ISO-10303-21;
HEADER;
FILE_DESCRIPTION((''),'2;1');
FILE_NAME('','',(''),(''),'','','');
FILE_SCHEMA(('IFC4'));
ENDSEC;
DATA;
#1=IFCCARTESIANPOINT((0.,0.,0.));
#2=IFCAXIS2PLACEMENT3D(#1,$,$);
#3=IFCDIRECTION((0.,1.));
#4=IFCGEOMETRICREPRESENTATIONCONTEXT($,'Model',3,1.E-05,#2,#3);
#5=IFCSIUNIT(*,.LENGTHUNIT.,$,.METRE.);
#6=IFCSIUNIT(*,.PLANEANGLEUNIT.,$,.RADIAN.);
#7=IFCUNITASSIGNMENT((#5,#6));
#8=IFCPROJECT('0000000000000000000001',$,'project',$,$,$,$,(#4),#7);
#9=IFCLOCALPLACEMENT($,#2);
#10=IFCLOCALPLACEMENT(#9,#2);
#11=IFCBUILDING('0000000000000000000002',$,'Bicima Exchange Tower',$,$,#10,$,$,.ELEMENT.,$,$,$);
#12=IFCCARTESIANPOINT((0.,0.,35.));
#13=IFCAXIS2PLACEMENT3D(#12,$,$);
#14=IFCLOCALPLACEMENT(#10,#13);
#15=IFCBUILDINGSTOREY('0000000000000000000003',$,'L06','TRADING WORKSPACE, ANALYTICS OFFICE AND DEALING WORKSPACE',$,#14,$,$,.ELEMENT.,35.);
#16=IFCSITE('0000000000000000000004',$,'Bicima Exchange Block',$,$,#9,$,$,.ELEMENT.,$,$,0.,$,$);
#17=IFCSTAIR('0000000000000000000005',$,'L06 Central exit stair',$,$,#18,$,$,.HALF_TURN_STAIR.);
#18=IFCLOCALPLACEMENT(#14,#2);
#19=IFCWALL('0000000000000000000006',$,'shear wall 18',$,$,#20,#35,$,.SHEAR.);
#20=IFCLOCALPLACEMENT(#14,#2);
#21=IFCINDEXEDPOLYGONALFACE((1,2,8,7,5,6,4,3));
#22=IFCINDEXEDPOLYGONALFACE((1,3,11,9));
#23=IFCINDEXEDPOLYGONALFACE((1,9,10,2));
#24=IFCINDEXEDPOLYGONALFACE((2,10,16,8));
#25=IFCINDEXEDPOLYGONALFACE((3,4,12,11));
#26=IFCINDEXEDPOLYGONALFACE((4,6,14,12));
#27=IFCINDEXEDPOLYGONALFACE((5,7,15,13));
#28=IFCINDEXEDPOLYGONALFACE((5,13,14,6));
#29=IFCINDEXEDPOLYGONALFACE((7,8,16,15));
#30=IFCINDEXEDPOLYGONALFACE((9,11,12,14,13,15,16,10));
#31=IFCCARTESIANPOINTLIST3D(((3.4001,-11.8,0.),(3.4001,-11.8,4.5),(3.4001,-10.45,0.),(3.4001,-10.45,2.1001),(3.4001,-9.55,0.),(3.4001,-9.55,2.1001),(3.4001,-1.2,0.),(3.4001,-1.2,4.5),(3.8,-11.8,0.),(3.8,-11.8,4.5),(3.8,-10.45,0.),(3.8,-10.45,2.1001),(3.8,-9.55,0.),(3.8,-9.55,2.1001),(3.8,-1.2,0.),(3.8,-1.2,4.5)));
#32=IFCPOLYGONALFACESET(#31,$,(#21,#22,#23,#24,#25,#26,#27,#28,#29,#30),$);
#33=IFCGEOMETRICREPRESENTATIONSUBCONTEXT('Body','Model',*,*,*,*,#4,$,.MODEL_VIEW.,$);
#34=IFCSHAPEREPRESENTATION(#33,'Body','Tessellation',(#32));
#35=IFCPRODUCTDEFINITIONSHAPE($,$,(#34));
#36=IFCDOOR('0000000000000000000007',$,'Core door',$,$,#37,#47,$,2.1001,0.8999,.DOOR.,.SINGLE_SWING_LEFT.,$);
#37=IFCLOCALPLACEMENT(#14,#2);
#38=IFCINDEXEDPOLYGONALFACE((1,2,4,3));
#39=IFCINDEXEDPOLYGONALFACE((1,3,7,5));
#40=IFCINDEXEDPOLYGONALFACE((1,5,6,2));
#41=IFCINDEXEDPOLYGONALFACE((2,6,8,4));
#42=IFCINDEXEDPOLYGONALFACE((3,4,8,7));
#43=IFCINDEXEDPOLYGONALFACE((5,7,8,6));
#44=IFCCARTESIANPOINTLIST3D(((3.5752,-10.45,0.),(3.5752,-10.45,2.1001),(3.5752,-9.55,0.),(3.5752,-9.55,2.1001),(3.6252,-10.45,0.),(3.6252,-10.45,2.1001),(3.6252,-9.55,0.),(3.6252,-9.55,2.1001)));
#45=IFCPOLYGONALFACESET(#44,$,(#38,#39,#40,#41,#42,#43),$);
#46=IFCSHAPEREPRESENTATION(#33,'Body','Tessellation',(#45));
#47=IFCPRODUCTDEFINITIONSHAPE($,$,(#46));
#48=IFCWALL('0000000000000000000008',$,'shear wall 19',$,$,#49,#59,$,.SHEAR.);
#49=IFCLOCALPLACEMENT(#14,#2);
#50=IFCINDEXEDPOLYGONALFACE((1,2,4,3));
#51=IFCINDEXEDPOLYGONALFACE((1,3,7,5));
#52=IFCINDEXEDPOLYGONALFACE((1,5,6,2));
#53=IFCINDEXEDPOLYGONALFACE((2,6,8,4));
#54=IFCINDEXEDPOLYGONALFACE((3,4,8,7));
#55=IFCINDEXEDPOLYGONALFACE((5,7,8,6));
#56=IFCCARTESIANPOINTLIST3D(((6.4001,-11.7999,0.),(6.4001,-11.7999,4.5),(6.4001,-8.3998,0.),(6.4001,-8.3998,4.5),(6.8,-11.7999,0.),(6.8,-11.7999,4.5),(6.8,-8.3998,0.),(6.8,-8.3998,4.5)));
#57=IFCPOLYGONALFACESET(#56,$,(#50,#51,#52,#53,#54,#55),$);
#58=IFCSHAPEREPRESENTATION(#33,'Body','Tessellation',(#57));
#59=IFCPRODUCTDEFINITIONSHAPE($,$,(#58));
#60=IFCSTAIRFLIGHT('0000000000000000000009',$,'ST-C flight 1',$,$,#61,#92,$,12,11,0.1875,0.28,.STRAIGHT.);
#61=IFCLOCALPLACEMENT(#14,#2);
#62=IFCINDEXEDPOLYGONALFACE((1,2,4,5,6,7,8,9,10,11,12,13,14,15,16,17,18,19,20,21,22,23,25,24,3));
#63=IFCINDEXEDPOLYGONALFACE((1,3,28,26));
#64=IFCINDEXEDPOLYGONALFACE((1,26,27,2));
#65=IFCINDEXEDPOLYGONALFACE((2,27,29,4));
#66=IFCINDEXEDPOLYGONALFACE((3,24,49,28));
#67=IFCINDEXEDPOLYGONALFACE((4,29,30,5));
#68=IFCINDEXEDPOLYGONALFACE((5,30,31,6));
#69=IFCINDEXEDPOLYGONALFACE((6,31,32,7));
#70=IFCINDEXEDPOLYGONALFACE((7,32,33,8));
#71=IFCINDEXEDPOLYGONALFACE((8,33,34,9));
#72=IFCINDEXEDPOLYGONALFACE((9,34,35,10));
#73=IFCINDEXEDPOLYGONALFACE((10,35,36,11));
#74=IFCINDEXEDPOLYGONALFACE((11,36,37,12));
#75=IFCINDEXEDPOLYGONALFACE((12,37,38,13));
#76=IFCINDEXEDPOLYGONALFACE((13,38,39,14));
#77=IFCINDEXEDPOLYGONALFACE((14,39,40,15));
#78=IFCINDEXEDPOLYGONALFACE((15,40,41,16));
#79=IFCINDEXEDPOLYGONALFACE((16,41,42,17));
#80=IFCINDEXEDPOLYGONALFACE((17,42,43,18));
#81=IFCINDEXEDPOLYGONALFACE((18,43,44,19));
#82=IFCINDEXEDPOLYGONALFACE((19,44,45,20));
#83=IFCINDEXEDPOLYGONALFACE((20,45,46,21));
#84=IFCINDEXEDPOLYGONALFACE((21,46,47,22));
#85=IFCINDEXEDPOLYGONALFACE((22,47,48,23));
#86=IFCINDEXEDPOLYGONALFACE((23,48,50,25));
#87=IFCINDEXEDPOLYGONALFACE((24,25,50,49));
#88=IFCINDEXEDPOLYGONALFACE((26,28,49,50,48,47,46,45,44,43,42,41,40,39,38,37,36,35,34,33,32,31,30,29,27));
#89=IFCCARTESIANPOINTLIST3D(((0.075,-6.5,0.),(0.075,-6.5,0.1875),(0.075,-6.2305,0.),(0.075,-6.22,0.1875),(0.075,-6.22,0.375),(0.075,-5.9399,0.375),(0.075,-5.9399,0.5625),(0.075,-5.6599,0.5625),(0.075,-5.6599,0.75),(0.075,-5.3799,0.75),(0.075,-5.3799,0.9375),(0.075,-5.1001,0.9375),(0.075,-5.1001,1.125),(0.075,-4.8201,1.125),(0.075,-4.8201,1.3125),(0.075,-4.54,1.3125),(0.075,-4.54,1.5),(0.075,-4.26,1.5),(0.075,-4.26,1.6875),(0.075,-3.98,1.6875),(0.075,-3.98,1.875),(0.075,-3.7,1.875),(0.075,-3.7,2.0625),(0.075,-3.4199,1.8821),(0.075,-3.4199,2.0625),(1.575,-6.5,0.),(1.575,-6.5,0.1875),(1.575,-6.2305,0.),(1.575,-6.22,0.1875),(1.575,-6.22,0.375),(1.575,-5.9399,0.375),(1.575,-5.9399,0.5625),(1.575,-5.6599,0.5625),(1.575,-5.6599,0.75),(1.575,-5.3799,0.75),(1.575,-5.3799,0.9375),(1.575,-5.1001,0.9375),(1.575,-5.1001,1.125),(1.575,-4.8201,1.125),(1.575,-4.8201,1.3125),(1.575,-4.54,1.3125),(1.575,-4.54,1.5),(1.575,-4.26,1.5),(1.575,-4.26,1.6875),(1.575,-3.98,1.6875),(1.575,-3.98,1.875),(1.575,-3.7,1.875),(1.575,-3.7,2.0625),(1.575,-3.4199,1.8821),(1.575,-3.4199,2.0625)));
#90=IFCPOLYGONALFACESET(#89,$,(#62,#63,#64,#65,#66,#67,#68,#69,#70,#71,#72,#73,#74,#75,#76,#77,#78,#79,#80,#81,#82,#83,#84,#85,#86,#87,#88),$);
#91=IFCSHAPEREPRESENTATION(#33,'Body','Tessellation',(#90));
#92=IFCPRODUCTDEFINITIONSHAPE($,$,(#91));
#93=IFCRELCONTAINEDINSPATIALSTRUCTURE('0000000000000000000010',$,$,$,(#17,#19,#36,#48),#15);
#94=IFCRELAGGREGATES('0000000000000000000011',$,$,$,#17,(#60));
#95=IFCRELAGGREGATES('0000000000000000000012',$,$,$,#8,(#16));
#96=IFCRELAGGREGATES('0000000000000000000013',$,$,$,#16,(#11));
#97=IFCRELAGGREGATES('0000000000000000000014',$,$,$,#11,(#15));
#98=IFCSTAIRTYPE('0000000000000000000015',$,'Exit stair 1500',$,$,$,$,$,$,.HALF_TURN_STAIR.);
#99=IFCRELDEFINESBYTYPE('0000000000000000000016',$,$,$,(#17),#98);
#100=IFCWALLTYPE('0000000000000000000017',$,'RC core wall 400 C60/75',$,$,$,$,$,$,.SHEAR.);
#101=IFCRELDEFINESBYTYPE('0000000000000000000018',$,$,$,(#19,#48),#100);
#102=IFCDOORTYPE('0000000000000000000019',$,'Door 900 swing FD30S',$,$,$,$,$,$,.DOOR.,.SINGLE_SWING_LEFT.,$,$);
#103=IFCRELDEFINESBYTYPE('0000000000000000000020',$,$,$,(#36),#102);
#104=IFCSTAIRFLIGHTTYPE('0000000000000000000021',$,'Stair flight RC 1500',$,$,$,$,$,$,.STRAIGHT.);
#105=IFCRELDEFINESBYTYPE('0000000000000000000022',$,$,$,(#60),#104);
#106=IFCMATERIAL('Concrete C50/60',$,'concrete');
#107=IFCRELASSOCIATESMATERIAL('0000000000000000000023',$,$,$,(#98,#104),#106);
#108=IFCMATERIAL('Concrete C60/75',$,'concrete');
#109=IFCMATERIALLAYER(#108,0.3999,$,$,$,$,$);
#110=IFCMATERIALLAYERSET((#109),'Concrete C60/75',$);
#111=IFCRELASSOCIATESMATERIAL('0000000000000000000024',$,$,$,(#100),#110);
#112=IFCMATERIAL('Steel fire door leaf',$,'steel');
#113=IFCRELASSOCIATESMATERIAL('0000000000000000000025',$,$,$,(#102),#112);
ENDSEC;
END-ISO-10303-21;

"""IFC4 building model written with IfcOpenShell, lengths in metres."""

from ifc_helpers import new_model, si_unit, direction, frame, frame_2d, origin, place, context, subcontext, project, spatial, polyline, rectangle, outline, extrude, material, layer, layer_set, type_object, element, fill, aggregate, save


model = new_model("IFC4")

# Units and contexts
model_context = context("Model", 3, precision=1e-05, world=origin(), true_north=direction((0.0, 1.0)))
body_context = subcontext(model_context, "Body", "Model", "MODEL_VIEW")
ifc_project = project(units=[si_unit("LENGTHUNIT", "METRE"), si_unit("PLANEANGLEUNIT", "RADIAN")], contexts=[model_context])

# Site, building, storey
site_placement = place(None, origin())
site = spatial("IfcSite", under=ifc_project, at=site_placement, Name="Bicima Exchange Block", CompositionType="ELEMENT", RefElevation=0.0)
building_placement = place(site_placement, origin())
building = spatial("IfcBuilding", under=site, at=building_placement, Name="Bicima Exchange Tower", CompositionType="ELEMENT")
storey_placement = place(building_placement, frame((0.0, 0.0, 35.0)))
storey = spatial("IfcBuildingStorey", under=building, at=storey_placement, Name="L06", Description="TRADING WORKSPACE, ANALYTICS OFFICE AND DEALING WORKSPACE", CompositionType="ELEMENT", Elevation=35.0)

# Stair
ifc_material_1 = material(Name="Concrete C50/60", Category="concrete")
stair_type_1 = type_object("IfcStairType", Name="Exit stair 1500", PredefinedType="HALF_TURN_STAIR", material=ifc_material_1)
stair_1_placement = place(storey_placement, origin())
stair_1 = element("IfcStair", 1, at=stair_1_placement, inside=storey, type_object=stair_type_1, Name="L06 Central exit stair", PredefinedType="HALF_TURN_STAIR")

# Shared definitions
ifc_material_2 = material(Name="Concrete C60/75", Category="concrete")
ifc_layer_1 = layer(ifc_material_2, 0.3999)
ifc_layer_set_1 = layer_set([ifc_layer_1], Name="Concrete C60/75")
wall_type_1 = type_object("IfcWallType", Name="RC core wall 400 C60/75", PredefinedType="SHEAR", material=ifc_layer_set_1)
ifc_material_3 = material(Name="Steel fire door leaf", Category="steel")
door_type_1 = type_object("IfcDoorType", Name="Door 900 swing FD30S", OperationType="SINGLE_SWING_LEFT", PredefinedType="DOOR", material=ifc_material_3)

# Wall, opening, door
wall_1_placement = place(storey_placement, frame((3.6001, -11.8, 0.0), z_axis=(0.0, 0.0, 1.0), x_axis=(0.0, 1.0, 0.0)))
wall_1 = element("IfcWall", 2, at=wall_1_placement, inside=storey, type_object=wall_type_1, Name="shear wall 18", PredefinedType="SHEAR", context=body_context, shape_type="SweptSolid", body=[
    extrude(rectangle(XDim=10.6001, YDim=0.3999, at=frame_2d((5.3, 0.0))), origin(), (0.0, 0.0, 1.0), 4.5),
])
opening_1_placement = place(wall_1_placement, frame((1.3501, 0.0, 0.0)))
opening_1 = element("IfcOpeningElement", 3, at=opening_1_placement, cuts=wall_1, PredefinedType="OPENING", context=body_context, shape_type="SweptSolid", body=[
    extrude(rectangle(XDim=0.8999, YDim=2.1001, at=frame_2d((0.45, 1.05))), frame((0.0, 0.2119, 0.0), z_axis=(0.0, -1.0, 0.0), x_axis=(1.0, 0.0, 0.0)), (0.0, 0.0, 1.0), 0.4238),
])
door_1_placement = place(opening_1_placement, origin())
door_1 = element("IfcDoor", 4, at=door_1_placement, inside=storey, type_object=door_type_1, Name="Core door", OperationType="SINGLE_SWING_LEFT", OverallHeight=2.1001, OverallWidth=0.8999, PredefinedType="DOOR", context=body_context, shape_type="SweptSolid", body=[
    extrude(rectangle(XDim=0.8999, YDim=2.1001, at=frame_2d((0.45, 1.05))), frame((0.0, 0.0249, 0.0), z_axis=(0.0, -1.0, 0.0), x_axis=(1.0, 0.0, 0.0)), (0.0, 0.0, 1.0), 0.05),
])
fill(opening_1, door_1)

# Wall
wall_2_placement = place(storey_placement, frame((6.6001, -11.8, 0.0), z_axis=(0.0, 0.0, 1.0), x_axis=(0.0, 1.0, 0.0)))
element("IfcWall", 5, at=wall_2_placement, inside=storey, type_object=wall_type_1, Name="shear wall 19", PredefinedType="SHEAR", context=body_context, shape_type="SweptSolid", body=[
    extrude(rectangle(XDim=3.4001, YDim=0.3999, at=frame_2d((1.7002, 0.0))), origin(), (0.0, 0.0, 1.0), 4.5),
])

# Stair flight
stair_flight_type = type_object("IfcStairFlightType", Name="Stair flight RC 1500", PredefinedType="STRAIGHT", material=ifc_material_1)
stair_flight_placement = place(storey_placement, frame((0.825, -6.5, 0.0), z_axis=(0.0, 0.0, 1.0), x_axis=(0.0, 1.0, 0.0)))
stair_flight = element("IfcStairFlight", 6, at=stair_flight_placement, type_object=stair_flight_type, Name="ST-C flight 1", NumberOfRisers=12, NumberOfTreads=11, PredefinedType="STRAIGHT", RiserHeight=0.1875, TreadLength=0.28, context=body_context, shape_type="SweptSolid", body=[
    extrude(outline(polyline([(0.0, 0.0), (0.0, 0.1875), (0.28, 0.1875), (0.28, 0.375), (0.5601, 0.375), (0.5601, 0.5625), (0.8401, 0.5625), (0.8401, 0.75), (1.1201, 0.75), (1.1201, 0.9375), (1.3999, 0.9375), (1.3999, 1.125), (1.6799, 1.125), (1.6799, 1.3125), (1.96, 1.3125), (1.96, 1.5), (2.24, 1.5), (2.24, 1.6875), (2.52, 1.6875), (2.52, 1.875), (2.8, 1.875), (2.8, 2.0625), (3.0801, 2.0625), (3.0801, 2.25), (3.0801, 1.8821), (0.2695, 0.0), (0.0, 0.0)])), frame((0.0, 0.75, 0.0), z_axis=(0.0, -1.0, 0.0), x_axis=(1.0, 0.0, 0.0)), (0.0, 0.0, 1.0), 1.5),
])
aggregate(stair_1, [stair_flight])

save(model, "model.ifc")
